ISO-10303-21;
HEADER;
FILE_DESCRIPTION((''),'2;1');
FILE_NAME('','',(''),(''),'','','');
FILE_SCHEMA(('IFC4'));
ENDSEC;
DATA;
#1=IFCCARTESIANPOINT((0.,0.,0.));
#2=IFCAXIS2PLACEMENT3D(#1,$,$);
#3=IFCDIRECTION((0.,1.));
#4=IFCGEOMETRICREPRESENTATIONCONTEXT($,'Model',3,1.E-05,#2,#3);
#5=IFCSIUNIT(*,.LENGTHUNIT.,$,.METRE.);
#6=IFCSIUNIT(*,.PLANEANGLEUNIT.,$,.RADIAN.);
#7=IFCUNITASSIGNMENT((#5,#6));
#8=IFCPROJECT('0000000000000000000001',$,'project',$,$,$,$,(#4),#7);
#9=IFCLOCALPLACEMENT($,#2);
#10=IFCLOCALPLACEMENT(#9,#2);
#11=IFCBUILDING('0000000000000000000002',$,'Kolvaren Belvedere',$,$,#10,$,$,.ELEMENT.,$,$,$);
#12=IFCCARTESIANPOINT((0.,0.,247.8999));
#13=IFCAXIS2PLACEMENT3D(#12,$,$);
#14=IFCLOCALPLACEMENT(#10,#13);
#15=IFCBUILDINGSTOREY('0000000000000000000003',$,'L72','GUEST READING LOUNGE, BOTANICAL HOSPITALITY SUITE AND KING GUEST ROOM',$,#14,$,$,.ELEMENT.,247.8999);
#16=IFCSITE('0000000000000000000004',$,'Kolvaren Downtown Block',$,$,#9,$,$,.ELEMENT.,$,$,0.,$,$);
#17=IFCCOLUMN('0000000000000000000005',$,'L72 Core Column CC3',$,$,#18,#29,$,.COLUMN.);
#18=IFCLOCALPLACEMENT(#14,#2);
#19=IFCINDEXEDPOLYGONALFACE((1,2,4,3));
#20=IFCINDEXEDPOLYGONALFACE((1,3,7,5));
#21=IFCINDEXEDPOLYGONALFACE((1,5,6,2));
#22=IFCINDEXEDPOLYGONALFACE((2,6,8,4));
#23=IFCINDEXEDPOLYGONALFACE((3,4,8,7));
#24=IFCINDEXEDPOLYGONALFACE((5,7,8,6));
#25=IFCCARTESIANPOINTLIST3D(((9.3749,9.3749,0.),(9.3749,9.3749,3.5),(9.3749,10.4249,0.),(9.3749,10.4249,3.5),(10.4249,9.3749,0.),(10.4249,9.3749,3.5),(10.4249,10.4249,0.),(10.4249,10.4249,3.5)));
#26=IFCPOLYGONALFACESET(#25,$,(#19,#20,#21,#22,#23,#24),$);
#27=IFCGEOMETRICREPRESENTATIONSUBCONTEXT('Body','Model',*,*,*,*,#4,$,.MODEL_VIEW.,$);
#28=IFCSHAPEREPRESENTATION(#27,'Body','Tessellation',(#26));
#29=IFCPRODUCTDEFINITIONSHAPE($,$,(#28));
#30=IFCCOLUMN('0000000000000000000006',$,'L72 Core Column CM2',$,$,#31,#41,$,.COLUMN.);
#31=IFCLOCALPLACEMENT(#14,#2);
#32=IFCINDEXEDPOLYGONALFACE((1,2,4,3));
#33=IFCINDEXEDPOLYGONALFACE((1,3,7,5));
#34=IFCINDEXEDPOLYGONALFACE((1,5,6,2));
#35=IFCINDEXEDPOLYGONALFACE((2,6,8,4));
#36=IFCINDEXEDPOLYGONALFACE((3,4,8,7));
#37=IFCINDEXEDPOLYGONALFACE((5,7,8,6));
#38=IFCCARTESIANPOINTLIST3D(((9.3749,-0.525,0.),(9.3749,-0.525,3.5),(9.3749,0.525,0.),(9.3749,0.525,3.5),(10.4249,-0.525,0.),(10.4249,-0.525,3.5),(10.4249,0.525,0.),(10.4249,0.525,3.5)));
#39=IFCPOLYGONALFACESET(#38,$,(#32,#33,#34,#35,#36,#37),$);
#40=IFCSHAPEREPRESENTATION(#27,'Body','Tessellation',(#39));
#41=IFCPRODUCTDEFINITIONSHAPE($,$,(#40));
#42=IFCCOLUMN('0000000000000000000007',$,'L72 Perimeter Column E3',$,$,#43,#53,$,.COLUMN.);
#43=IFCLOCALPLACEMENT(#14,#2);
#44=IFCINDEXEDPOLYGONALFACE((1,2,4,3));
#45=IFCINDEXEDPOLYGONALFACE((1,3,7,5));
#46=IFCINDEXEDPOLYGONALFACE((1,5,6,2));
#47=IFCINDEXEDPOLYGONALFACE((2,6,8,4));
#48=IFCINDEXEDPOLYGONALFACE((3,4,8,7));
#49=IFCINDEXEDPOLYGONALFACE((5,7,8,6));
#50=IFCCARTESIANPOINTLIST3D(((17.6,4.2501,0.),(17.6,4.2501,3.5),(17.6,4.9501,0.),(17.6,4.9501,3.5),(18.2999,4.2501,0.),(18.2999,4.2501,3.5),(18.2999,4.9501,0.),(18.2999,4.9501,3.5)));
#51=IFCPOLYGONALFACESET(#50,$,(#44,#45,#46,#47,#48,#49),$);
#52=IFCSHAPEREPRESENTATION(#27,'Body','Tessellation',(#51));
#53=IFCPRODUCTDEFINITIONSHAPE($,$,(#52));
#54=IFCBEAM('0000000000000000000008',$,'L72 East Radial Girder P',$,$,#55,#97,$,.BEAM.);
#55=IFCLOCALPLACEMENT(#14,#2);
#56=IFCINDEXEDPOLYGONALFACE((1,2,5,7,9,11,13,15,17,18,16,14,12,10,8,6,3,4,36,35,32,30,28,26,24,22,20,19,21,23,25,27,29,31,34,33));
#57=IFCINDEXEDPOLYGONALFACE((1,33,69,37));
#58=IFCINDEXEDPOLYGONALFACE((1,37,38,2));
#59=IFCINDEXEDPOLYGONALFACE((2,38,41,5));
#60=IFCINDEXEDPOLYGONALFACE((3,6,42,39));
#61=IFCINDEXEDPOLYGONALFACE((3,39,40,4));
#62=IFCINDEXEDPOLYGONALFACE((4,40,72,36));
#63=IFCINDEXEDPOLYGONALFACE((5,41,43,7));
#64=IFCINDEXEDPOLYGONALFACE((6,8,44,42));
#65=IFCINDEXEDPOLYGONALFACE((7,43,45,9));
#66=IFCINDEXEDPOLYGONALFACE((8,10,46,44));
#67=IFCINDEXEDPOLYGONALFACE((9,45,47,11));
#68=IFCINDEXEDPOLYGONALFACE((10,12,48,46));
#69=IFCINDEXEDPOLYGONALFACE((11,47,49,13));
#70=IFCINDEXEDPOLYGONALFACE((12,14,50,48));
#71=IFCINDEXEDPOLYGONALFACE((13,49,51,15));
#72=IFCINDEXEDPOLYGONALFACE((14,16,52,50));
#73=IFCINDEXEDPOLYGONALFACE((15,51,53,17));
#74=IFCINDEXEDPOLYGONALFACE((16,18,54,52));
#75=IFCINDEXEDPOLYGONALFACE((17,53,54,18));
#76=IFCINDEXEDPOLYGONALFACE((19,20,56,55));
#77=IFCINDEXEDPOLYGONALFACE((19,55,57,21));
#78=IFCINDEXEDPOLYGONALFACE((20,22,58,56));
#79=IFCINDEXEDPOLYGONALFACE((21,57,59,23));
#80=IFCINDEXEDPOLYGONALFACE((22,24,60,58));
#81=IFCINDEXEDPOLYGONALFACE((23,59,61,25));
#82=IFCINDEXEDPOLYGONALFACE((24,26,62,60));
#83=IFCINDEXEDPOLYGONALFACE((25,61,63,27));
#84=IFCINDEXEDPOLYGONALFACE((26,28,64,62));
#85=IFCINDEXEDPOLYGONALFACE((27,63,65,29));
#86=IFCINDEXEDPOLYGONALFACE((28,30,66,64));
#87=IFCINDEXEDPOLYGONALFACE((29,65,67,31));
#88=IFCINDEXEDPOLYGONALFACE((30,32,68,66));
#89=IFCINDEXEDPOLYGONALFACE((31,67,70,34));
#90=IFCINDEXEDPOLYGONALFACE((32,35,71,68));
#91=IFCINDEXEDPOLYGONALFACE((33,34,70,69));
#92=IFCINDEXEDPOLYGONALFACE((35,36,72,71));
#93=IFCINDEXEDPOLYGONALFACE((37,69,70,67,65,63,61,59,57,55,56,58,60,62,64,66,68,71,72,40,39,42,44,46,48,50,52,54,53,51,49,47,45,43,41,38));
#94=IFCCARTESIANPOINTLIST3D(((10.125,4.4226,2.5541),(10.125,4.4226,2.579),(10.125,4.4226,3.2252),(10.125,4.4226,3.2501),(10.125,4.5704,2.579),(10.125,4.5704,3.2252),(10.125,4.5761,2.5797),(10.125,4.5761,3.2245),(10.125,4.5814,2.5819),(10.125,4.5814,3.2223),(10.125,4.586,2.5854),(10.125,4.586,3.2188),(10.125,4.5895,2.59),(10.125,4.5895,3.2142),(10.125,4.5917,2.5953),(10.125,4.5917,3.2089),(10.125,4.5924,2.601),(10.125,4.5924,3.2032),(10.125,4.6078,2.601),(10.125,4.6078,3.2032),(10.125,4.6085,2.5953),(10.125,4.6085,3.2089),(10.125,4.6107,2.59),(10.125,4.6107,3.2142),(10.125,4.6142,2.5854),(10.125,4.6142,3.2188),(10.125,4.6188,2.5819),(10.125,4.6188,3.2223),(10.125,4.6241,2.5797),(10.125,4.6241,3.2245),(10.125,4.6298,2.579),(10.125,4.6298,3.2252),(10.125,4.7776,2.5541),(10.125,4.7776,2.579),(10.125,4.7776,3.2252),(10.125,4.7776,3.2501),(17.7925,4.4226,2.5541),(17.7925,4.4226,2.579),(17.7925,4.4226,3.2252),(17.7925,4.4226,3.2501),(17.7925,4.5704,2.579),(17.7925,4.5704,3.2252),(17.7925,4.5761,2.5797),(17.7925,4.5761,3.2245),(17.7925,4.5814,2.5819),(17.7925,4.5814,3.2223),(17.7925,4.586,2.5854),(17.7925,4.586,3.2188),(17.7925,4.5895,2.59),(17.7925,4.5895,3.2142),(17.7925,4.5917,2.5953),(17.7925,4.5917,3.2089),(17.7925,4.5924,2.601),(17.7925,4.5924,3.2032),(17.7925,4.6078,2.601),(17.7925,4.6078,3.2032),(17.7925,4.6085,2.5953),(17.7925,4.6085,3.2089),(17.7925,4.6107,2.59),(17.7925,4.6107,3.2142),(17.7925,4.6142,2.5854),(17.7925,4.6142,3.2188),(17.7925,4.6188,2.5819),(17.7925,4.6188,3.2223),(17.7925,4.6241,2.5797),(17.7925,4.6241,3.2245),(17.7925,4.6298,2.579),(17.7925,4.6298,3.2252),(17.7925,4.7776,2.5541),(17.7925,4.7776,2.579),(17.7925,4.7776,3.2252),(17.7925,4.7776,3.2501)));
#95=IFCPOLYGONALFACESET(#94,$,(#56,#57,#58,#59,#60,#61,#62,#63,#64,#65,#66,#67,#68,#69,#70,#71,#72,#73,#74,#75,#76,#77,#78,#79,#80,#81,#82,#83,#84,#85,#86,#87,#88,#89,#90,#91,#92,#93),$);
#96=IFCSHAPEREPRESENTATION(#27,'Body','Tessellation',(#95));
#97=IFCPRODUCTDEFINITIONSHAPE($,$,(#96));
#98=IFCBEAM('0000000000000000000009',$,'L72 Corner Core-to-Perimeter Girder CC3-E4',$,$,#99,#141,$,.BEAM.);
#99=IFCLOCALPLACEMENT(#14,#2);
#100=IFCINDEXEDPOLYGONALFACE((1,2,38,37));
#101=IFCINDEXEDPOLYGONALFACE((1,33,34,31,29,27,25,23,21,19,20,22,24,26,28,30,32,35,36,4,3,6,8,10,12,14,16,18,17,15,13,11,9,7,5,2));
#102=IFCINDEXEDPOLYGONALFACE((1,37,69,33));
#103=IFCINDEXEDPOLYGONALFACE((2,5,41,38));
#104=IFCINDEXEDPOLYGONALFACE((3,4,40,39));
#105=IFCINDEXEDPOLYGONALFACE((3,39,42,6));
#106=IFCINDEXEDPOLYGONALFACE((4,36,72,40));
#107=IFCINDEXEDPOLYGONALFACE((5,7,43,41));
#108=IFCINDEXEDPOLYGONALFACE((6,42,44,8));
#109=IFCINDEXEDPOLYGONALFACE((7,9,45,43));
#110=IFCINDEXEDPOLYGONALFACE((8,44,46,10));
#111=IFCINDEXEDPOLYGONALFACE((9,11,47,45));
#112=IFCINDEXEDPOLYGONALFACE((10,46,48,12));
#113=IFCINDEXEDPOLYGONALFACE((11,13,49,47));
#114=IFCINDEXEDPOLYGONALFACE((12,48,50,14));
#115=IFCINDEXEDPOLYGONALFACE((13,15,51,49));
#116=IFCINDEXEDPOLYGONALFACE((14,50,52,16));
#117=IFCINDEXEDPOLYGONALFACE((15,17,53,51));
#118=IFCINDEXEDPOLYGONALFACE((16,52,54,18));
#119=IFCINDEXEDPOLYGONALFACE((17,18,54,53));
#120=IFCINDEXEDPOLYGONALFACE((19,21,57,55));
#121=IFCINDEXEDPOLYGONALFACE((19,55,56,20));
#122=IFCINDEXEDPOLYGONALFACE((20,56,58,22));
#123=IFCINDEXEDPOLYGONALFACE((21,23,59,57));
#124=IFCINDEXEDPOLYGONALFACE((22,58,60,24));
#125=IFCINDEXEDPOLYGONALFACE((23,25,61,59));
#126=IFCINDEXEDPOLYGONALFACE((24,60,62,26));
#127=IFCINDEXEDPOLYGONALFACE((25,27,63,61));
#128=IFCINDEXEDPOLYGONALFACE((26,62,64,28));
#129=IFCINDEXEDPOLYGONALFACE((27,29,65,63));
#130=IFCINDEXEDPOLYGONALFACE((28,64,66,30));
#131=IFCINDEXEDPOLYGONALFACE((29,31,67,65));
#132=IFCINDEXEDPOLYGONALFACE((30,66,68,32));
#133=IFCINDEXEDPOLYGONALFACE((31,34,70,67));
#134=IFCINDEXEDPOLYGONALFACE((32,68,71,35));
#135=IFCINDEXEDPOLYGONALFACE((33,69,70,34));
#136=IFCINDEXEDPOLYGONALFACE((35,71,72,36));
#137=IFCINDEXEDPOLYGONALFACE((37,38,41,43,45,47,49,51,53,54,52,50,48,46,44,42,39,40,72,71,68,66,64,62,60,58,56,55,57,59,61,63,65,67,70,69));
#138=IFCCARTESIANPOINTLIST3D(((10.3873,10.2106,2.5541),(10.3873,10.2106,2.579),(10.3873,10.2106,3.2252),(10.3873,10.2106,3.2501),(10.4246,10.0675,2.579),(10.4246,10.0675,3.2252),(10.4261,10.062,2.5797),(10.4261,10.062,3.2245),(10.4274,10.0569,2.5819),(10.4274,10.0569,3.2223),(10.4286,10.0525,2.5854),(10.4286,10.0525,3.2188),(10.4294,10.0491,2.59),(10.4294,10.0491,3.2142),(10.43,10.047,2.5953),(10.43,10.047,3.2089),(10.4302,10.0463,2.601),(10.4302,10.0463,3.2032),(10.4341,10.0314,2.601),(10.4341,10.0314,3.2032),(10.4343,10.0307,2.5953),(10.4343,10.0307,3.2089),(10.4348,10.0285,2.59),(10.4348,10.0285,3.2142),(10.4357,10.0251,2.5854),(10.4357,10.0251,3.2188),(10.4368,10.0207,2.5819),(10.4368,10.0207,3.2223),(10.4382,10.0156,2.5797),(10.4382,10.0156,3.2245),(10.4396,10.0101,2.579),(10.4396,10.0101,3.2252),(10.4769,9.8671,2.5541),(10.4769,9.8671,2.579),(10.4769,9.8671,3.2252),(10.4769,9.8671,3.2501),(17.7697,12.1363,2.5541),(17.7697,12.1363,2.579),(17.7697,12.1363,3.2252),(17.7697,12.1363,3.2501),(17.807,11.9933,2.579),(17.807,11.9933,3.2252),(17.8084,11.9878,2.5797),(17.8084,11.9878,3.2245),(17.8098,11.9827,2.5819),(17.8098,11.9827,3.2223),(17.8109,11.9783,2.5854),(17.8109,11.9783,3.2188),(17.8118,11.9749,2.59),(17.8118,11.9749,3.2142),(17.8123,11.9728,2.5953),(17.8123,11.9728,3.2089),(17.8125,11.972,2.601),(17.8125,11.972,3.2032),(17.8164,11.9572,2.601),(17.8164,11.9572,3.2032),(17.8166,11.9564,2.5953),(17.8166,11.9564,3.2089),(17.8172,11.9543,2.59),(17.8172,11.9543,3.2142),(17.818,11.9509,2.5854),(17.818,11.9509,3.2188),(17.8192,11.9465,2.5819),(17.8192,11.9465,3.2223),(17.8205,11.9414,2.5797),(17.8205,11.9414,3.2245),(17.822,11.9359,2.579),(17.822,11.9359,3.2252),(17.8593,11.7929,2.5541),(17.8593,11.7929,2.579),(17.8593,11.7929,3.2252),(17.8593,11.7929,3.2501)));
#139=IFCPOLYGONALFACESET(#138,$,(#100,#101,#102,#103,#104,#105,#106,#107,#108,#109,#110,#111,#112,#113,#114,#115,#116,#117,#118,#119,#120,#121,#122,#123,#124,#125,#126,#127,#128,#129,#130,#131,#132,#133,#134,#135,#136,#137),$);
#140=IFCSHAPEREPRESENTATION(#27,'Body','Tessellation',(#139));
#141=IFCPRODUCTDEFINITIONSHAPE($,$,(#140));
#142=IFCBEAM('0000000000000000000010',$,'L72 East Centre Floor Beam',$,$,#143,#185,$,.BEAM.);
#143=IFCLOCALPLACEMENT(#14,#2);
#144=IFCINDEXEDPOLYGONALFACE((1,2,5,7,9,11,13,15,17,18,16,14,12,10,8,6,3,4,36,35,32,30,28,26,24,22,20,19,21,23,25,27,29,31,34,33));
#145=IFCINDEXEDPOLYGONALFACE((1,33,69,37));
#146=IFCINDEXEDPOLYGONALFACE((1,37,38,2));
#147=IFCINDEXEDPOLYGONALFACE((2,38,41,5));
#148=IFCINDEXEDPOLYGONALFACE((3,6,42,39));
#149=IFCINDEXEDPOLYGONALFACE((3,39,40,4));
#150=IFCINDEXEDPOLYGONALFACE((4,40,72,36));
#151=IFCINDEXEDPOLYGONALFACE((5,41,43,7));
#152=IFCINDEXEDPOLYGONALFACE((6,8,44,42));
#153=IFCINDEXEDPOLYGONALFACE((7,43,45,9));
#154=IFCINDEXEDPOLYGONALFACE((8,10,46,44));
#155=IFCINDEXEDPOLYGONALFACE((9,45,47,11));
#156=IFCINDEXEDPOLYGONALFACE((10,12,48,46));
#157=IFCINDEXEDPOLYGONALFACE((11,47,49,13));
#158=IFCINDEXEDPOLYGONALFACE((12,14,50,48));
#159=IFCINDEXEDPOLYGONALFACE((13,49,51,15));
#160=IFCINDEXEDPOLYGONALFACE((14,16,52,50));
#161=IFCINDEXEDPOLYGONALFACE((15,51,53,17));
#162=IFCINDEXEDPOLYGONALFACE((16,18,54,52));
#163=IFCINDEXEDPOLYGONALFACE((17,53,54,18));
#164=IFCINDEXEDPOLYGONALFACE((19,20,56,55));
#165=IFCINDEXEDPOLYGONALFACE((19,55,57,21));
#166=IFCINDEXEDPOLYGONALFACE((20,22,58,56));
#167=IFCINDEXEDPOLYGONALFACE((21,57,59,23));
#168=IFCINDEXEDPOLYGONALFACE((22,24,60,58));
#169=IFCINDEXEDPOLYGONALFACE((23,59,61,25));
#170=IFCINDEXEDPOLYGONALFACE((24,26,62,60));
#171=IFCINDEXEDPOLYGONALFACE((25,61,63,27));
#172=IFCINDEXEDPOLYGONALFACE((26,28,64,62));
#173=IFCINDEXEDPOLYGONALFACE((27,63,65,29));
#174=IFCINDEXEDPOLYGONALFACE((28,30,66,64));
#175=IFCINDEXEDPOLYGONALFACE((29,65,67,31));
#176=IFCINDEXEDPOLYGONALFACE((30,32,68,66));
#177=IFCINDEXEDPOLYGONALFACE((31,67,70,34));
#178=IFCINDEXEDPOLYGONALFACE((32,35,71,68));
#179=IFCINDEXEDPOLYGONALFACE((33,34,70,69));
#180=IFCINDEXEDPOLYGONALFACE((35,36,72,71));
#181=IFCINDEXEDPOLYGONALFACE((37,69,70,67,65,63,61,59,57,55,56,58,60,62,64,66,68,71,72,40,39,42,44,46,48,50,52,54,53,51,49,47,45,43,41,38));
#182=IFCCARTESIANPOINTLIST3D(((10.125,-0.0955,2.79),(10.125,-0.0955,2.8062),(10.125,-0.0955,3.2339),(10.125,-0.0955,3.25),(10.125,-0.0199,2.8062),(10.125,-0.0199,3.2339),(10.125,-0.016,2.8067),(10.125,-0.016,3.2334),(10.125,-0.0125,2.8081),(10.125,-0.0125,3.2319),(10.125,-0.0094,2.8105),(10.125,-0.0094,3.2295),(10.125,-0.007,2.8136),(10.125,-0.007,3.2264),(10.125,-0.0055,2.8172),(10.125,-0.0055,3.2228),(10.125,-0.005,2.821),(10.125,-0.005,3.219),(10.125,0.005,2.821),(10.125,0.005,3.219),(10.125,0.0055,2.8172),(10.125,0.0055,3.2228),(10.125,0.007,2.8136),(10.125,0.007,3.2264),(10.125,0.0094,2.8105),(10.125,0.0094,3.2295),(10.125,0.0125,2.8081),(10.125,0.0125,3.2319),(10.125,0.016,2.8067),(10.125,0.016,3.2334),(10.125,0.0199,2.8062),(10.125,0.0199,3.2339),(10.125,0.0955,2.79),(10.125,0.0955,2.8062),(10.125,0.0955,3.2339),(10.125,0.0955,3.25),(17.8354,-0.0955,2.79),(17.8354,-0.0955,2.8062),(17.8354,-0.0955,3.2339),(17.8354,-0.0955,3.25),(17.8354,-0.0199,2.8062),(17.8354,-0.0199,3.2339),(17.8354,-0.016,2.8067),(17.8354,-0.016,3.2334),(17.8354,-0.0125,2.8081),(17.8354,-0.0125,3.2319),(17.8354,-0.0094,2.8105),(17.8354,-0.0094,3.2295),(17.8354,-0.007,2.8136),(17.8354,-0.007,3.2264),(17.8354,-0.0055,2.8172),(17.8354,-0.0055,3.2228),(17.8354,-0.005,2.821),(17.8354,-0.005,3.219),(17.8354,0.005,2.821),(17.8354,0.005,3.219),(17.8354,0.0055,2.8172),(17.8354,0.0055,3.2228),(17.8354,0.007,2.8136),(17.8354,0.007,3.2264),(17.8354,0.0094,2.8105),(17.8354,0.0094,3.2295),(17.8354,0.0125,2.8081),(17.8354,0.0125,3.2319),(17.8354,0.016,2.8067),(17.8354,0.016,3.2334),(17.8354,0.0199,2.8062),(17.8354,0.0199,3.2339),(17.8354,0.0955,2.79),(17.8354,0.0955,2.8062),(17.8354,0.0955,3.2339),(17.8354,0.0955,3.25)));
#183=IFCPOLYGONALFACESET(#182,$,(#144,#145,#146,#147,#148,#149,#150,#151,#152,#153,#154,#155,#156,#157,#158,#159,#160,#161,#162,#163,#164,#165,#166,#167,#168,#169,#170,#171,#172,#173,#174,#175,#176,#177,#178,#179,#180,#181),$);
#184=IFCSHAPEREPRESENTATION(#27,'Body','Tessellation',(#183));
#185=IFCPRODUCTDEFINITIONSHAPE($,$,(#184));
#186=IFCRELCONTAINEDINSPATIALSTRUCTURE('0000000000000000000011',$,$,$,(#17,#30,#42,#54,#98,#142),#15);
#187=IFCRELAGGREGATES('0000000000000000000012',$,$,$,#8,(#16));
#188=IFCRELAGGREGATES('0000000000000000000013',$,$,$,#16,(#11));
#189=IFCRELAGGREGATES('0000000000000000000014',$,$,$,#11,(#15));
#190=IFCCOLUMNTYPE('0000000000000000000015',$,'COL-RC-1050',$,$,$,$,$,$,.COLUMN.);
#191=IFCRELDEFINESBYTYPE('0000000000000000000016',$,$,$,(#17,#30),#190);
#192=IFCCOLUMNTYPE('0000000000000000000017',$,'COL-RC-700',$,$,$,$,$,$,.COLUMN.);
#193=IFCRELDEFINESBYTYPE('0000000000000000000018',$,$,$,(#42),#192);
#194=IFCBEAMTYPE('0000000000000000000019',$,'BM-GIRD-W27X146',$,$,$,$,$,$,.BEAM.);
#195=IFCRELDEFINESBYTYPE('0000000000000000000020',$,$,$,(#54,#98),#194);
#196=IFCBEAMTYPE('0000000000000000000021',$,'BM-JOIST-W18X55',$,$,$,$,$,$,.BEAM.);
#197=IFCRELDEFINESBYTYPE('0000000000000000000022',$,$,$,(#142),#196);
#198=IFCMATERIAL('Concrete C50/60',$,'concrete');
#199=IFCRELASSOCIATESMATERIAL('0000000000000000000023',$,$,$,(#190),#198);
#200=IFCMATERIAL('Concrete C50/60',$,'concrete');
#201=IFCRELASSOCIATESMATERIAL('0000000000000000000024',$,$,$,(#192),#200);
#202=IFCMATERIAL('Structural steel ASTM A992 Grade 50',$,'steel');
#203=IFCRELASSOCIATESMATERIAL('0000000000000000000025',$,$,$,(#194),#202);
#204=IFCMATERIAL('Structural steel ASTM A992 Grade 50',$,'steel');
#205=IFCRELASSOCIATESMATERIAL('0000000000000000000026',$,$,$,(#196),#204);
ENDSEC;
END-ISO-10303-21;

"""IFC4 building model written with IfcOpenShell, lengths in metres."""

from ifc_helpers import new_model, si_unit, direction, frame, origin, origin_2d, place, context, subcontext, project, spatial, rectangle, i_section, extrude, material, material_profile, profile_set, type_object, element, save


model = new_model("IFC4")

# Units and contexts
model_context = context("Model", 3, precision=1e-05, world=origin(), true_north=direction((0.0, 1.0)))
body_context = subcontext(model_context, "Body", "Model", "MODEL_VIEW")
ifc_project = project(units=[si_unit("LENGTHUNIT", "METRE"), si_unit("PLANEANGLEUNIT", "RADIAN")], contexts=[model_context])

# Site, building, storey
site_placement = place(None, origin())
site = spatial("IfcSite", under=ifc_project, at=site_placement, Name="Kolvaren Downtown Block", CompositionType="ELEMENT", RefElevation=0.0)
building_placement = place(site_placement, origin())
building = spatial("IfcBuilding", under=site, at=building_placement, Name="Kolvaren Belvedere", CompositionType="ELEMENT")
storey_placement = place(building_placement, frame((0.0, 0.0, 247.8999)))
storey = spatial("IfcBuildingStorey", under=building, at=storey_placement, Name="L72", Description="GUEST READING LOUNGE, BOTANICAL HOSPITALITY SUITE AND KING GUEST ROOM", CompositionType="ELEMENT", Elevation=247.8999)

# Columns
ifc_material_1 = material(Name="Concrete C50/60", Category="concrete")
ifc_material_profile_1 = material_profile(ifc_material_1, rectangle(XDim=1.05, YDim=1.05, at=origin_2d()), Name="RC 1050X1050")
ifc_profile_set_1 = profile_set([ifc_material_profile_1], Name="Concrete C50/60")
column_type_1 = type_object("IfcColumnType", Name="COL-RC-1050", PredefinedType="COLUMN", material=ifc_profile_set_1)
for number, where, z_axis, x_axis, name in (
    (1, (9.8999, 9.8999, 0.0), (0.0, 0.0, 1.0), (1.0, 0.0, 0.0), "L72 Core Column CC3"),
    (2, (9.8999, 0.0, 0.0), (0.0, 0.0, 1.0), (1.0, 0.0, 0.0), "L72 Core Column CM2"),
):
    element("IfcColumn", number, at=place(storey_placement, frame(where, z_axis=z_axis, x_axis=x_axis)), inside=storey, type_object=column_type_1, Name=name, PredefinedType="COLUMN", context=body_context, shape_type="SweptSolid", body=[
        extrude(rectangle(XDim=1.05, YDim=1.05, at=origin_2d()), origin(), (0.0, 0.0, 1.0), 3.5),
    ])
ifc_material_2 = material(Name="Concrete C50/60", Category="concrete")
ifc_material_profile_2 = material_profile(ifc_material_2, rectangle(XDim=0.7, YDim=0.7, at=origin_2d()), Name="RC 700X700")
ifc_profile_set_2 = profile_set([ifc_material_profile_2], Name="Concrete C50/60")
column_type_2 = type_object("IfcColumnType", Name="COL-RC-700", PredefinedType="COLUMN", material=ifc_profile_set_2)
column_placement = place(storey_placement, frame((17.95, 4.6001, 0.0), z_axis=(0.0, 0.0, 1.0), x_axis=(1.0, 0.0, 0.0)))
element("IfcColumn", 3, at=column_placement, inside=storey, type_object=column_type_2, Name="L72 Perimeter Column E3", PredefinedType="COLUMN", context=body_context, shape_type="SweptSolid", body=[
    extrude(rectangle(XDim=0.7, YDim=0.7, at=origin_2d()), origin(), (0.0, 0.0, 1.0), 3.5),
])

# Beams
ifc_material_3 = material(Name="Structural steel ASTM A992 Grade 50", Category="steel")
ifc_material_profile_3 = material_profile(ifc_material_3, i_section(OverallWidth=0.355, OverallDepth=0.696, WebThickness=0.0154, FlangeThickness=0.0249, FilletRadius=0.022, at=origin_2d()), Name="W27X146")
ifc_profile_set_3 = profile_set([ifc_material_profile_3], Name="Structural steel ASTM A992 Grade 50")
beam_type_1 = type_object("IfcBeamType", Name="BM-GIRD-W27X146", PredefinedType="BEAM", material=ifc_profile_set_3)
beam_1_placement = place(storey_placement, frame((10.125, 4.6001, 2.9021), z_axis=(1.0, 0.0, 0.0), x_axis=(0.0, 1.0, 0.0)))
element("IfcBeam", 4, at=beam_1_placement, inside=storey, type_object=beam_type_1, Name="L72 East Radial Girder P", PredefinedType="BEAM", context=body_context, shape_type="SweptSolid", body=[
    extrude(i_section(OverallWidth=0.355, OverallDepth=0.696, WebThickness=0.0154, FlangeThickness=0.0249, FilletRadius=0.022, at=origin_2d()), origin(), (0.0, 0.0, 1.0), 7.6675),
])
beam_2_placement = place(storey_placement, frame((10.4321, 10.0388, 2.9021), z_axis=(0.967619, 0.252417, 0.0), x_axis=(-0.252417, 0.967619, 0.0)))
element("IfcBeam", 5, at=beam_2_placement, inside=storey, type_object=beam_type_1, Name="L72 Corner Core-to-Perimeter Girder CC3-E4", PredefinedType="BEAM", context=body_context, shape_type="SweptSolid", body=[
    extrude(i_section(OverallWidth=0.355, OverallDepth=0.696, WebThickness=0.0154, FlangeThickness=0.0249, FilletRadius=0.022, at=origin_2d()), origin(), (0.0, 0.0, 1.0), 7.6294),
])
ifc_material_4 = material(Name="Structural steel ASTM A992 Grade 50", Category="steel")
ifc_material_profile_4 = material_profile(ifc_material_4, i_section(OverallWidth=0.1909, OverallDepth=0.46, WebThickness=0.01, FlangeThickness=0.0161, FilletRadius=0.0149, at=origin_2d()), Name="W18X55")
ifc_profile_set_4 = profile_set([ifc_material_profile_4], Name="Structural steel ASTM A992 Grade 50")
beam_type_2 = type_object("IfcBeamType", Name="BM-JOIST-W18X55", PredefinedType="BEAM", material=ifc_profile_set_4)
beam_3_placement = place(storey_placement, frame((10.125, 0.0, 3.02), z_axis=(1.0, 0.0, 0.0), x_axis=(0.0, 1.0, 0.0)))
element("IfcBeam", 6, at=beam_3_placement, inside=storey, type_object=beam_type_2, Name="L72 East Centre Floor Beam", PredefinedType="BEAM", context=body_context, shape_type="SweptSolid", body=[
    extrude(i_section(OverallWidth=0.1909, OverallDepth=0.46, WebThickness=0.01, FlangeThickness=0.0161, FilletRadius=0.0149, at=origin_2d()), origin(), (0.0, 0.0, 1.0), 7.7104),
])

save(model, "model.ifc")
